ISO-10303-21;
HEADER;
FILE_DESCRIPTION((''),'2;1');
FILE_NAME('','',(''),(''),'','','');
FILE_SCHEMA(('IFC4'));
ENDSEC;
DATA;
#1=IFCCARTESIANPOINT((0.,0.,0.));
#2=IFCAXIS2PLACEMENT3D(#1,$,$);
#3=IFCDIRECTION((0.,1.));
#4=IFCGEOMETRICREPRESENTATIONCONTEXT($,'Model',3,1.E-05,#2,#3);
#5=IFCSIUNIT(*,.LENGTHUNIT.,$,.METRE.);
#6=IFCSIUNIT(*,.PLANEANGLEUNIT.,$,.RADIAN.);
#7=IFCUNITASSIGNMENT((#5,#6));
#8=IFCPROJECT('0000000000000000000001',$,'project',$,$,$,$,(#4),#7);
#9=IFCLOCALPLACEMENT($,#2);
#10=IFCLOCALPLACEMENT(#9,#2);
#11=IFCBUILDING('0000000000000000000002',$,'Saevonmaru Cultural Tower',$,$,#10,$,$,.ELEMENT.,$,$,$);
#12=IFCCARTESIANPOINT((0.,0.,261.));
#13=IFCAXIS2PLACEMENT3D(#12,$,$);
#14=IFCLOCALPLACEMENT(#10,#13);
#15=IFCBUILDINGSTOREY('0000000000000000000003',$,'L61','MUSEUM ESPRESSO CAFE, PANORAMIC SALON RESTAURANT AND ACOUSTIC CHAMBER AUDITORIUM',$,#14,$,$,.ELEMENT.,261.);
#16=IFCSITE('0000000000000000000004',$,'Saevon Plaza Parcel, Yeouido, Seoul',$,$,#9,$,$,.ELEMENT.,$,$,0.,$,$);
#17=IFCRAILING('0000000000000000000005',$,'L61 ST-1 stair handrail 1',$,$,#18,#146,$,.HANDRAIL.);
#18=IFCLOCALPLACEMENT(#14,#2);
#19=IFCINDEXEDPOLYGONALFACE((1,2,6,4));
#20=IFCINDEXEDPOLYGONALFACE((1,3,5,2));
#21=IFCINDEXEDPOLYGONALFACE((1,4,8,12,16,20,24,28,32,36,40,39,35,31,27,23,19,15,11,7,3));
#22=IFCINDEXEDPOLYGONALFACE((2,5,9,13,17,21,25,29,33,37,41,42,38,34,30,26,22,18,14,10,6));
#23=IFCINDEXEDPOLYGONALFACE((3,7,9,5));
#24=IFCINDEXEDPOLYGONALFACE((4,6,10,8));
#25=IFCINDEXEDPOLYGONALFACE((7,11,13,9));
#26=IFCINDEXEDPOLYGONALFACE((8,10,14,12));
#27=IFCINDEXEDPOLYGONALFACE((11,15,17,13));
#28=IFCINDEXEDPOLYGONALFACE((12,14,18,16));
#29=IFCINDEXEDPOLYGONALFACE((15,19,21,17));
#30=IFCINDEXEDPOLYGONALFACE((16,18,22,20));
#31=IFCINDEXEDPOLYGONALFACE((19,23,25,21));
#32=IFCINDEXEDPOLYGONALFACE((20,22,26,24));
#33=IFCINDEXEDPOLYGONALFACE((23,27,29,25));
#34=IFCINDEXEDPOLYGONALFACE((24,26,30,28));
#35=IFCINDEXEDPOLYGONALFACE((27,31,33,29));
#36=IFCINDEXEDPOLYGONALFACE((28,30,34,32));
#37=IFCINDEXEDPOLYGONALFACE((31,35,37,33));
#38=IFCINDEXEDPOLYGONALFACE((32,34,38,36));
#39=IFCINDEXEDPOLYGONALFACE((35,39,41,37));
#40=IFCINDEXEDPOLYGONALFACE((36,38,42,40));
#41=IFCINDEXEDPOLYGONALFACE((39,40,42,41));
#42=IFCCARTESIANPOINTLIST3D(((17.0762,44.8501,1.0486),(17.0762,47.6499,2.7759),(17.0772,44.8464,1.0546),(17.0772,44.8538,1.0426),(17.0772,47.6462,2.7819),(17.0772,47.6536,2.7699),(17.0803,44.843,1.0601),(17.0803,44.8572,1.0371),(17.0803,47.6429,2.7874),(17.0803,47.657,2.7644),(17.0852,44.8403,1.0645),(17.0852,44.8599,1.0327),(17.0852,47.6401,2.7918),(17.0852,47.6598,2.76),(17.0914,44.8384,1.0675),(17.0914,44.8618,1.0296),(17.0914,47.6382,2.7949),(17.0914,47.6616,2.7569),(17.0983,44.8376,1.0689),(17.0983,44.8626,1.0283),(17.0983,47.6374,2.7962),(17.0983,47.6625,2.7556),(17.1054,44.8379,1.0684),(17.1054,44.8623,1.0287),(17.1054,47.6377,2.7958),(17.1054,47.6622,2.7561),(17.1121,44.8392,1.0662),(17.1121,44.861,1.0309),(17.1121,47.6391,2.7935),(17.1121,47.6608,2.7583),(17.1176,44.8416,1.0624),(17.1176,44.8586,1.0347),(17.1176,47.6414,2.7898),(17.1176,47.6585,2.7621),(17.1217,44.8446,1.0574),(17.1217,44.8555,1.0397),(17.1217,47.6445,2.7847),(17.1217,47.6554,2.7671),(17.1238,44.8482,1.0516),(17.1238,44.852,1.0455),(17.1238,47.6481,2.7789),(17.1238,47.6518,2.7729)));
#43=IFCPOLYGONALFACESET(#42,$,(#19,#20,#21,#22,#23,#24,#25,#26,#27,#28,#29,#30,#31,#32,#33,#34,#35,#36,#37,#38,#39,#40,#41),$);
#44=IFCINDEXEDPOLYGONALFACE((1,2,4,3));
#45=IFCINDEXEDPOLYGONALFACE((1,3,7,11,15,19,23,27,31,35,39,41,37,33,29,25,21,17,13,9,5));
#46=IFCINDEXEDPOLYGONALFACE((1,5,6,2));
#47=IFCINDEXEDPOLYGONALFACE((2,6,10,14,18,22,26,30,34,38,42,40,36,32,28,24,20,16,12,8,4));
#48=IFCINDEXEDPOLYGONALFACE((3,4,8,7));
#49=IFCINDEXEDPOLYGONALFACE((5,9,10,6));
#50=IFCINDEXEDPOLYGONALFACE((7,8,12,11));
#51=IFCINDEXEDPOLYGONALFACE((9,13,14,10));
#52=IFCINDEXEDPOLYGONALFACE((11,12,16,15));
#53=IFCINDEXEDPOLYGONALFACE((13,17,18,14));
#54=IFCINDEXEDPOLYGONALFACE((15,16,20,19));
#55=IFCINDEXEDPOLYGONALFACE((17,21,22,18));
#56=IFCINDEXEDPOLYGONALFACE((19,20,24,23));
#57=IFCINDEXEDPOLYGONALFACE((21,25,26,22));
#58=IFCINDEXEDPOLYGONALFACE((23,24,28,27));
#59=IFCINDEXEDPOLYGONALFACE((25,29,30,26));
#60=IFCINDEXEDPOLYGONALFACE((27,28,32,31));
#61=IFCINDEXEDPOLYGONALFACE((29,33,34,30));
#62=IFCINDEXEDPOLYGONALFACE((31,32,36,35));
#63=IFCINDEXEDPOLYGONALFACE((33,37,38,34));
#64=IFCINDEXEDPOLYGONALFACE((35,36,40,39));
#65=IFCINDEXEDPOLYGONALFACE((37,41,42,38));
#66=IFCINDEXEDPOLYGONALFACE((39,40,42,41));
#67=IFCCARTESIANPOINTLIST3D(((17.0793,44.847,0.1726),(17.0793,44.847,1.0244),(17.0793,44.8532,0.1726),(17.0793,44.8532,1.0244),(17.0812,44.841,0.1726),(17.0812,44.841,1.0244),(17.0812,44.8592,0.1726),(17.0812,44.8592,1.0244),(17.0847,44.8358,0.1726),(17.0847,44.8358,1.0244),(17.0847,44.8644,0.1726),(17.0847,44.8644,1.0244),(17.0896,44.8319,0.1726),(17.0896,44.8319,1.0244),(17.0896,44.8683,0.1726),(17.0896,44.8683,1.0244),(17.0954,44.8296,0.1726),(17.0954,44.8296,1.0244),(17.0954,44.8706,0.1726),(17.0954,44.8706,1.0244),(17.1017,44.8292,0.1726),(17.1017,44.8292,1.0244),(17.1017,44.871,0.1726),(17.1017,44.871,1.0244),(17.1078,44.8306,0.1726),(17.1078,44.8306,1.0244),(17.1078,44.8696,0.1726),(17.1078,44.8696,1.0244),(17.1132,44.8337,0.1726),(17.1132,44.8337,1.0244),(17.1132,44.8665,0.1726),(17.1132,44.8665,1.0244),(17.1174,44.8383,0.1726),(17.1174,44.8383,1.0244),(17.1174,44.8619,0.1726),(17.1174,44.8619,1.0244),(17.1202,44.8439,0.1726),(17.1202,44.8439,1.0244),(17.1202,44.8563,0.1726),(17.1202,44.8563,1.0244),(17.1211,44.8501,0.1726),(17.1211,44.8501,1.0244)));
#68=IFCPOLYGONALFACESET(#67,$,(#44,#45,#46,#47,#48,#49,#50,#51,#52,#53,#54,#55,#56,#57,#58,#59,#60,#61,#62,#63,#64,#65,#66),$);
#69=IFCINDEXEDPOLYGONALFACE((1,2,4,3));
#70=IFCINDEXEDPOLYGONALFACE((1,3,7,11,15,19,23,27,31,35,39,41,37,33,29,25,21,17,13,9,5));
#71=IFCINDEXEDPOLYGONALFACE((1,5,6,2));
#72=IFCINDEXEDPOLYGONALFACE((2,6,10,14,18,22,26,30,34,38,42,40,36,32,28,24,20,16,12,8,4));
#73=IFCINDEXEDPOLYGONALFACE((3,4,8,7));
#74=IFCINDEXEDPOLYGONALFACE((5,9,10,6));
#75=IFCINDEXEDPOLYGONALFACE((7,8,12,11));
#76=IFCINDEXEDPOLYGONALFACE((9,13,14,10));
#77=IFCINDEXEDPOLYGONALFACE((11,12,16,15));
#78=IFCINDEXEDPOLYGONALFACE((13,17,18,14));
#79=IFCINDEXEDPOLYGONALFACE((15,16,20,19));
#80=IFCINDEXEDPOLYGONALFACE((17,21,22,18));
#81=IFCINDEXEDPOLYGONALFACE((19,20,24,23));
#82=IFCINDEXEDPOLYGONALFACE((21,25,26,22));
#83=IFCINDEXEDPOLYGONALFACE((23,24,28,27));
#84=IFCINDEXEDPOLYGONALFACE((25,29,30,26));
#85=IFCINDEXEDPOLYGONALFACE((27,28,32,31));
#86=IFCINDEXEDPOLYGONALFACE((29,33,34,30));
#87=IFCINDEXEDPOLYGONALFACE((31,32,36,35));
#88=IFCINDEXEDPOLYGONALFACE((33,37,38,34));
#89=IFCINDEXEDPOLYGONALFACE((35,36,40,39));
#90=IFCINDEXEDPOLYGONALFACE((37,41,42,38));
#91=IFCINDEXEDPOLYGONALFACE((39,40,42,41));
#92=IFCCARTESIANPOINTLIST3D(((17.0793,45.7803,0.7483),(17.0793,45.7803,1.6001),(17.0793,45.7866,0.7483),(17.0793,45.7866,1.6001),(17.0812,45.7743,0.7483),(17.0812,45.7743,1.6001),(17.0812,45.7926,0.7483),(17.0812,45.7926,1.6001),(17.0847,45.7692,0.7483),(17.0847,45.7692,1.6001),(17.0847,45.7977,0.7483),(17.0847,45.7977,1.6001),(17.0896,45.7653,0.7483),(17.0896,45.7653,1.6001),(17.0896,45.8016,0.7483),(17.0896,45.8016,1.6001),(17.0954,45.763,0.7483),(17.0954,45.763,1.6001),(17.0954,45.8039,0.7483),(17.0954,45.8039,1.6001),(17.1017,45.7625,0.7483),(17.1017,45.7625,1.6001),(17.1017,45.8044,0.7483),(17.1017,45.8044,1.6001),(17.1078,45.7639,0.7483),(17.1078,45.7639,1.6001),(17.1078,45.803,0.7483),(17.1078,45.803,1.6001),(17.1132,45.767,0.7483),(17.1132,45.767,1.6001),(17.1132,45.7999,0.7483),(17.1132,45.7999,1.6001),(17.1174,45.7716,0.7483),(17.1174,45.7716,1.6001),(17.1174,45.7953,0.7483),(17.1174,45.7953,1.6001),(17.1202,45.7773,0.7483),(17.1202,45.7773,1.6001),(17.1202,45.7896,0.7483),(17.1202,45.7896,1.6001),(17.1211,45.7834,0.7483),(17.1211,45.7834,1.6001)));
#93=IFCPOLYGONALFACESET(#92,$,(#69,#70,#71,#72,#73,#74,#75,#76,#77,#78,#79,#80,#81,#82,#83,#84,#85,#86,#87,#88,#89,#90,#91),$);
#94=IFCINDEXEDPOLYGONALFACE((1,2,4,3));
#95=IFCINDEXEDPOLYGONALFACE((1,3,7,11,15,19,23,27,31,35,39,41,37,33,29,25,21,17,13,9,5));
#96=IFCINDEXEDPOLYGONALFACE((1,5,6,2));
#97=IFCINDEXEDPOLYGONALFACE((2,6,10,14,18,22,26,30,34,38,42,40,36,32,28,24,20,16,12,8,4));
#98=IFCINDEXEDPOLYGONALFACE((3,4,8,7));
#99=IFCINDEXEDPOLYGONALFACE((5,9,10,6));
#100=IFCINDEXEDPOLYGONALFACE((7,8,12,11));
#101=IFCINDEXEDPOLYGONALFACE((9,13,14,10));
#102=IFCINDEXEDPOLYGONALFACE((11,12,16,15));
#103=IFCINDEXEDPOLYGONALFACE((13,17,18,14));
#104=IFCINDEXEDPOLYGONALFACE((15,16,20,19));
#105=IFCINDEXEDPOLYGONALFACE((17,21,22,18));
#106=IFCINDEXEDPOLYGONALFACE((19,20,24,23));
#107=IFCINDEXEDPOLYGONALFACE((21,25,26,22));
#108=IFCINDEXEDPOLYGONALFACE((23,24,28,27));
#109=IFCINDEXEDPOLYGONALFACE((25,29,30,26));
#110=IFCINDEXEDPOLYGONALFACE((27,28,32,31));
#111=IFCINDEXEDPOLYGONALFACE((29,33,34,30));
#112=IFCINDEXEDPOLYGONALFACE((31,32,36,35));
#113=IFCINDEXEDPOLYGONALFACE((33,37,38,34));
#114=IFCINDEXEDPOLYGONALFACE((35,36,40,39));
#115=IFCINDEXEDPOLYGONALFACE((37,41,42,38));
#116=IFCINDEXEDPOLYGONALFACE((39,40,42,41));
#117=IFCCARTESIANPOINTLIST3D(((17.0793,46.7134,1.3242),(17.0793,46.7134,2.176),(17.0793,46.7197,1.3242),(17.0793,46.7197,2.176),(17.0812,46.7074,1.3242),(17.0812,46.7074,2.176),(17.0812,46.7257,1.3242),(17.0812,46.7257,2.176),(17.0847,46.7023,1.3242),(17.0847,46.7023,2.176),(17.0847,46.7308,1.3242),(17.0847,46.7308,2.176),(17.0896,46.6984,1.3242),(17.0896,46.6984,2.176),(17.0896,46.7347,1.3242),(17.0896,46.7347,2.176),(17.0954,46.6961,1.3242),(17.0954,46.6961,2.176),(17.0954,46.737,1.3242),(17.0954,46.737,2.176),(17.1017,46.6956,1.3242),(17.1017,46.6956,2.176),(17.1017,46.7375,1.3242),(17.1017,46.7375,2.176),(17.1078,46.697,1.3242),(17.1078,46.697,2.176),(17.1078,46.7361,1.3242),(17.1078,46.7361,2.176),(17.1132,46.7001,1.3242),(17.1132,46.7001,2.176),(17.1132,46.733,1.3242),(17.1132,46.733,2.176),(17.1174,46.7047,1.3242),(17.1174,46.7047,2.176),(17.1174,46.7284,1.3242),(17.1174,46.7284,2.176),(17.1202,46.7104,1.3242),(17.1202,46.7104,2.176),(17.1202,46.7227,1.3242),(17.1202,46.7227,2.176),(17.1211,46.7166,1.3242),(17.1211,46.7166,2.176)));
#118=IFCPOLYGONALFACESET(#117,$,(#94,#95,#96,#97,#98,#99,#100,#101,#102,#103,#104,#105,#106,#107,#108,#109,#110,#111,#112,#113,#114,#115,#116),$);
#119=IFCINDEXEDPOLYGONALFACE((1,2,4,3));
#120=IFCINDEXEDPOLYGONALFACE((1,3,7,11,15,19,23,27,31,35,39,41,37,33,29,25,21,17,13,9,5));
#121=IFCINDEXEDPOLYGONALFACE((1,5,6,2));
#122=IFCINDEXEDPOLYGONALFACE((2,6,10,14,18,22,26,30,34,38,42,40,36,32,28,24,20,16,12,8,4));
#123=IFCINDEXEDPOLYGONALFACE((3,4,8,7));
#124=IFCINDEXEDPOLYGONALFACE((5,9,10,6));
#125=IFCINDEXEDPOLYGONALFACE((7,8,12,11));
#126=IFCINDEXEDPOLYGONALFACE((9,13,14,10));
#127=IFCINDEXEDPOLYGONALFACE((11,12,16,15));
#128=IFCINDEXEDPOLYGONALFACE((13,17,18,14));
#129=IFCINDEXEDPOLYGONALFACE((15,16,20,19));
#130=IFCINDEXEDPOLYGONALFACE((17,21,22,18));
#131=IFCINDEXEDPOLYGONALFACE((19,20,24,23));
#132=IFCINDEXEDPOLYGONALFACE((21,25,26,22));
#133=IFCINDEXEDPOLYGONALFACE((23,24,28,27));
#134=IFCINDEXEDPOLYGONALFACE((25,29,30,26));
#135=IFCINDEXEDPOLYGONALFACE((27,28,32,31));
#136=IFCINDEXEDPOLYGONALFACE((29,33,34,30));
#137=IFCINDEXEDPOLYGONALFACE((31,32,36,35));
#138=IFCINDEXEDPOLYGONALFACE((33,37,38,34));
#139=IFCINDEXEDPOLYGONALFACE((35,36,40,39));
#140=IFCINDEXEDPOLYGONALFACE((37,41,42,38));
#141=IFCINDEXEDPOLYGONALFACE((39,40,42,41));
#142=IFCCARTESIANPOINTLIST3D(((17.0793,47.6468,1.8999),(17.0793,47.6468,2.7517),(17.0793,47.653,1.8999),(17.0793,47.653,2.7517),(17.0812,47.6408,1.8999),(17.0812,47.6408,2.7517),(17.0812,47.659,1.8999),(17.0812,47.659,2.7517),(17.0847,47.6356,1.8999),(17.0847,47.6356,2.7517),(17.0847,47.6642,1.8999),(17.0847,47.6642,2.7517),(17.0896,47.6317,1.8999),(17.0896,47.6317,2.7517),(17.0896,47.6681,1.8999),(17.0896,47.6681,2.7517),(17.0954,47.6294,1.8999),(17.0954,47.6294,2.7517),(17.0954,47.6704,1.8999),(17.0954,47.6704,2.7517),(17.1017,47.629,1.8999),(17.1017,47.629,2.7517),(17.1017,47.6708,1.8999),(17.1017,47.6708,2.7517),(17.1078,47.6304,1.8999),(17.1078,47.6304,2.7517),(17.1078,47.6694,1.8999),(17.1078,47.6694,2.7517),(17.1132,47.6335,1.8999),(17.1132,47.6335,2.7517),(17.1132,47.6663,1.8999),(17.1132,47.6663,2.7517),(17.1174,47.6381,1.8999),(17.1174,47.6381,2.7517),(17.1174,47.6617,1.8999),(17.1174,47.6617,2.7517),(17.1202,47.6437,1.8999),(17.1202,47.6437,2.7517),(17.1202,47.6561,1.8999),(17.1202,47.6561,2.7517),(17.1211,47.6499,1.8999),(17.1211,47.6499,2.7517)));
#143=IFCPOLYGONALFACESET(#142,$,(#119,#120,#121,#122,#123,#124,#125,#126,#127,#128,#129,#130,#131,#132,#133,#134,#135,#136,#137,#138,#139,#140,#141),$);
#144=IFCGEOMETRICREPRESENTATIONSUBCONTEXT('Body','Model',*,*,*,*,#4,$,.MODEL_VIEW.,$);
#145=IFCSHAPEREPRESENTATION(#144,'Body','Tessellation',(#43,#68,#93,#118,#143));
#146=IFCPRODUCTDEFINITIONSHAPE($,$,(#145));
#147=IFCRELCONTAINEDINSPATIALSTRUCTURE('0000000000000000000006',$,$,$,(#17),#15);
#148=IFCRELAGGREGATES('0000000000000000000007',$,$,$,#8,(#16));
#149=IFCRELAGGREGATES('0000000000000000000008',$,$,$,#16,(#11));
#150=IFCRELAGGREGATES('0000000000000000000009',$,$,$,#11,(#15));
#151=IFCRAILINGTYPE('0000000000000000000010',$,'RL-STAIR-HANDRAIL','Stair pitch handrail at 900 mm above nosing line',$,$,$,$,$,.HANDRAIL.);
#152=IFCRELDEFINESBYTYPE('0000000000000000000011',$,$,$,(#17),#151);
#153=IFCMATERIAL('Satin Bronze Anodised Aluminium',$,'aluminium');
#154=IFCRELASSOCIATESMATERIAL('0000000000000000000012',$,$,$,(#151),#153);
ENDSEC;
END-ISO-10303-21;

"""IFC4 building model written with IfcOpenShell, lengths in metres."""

from ifc_helpers import new_model, si_unit, direction, frame, origin, origin_2d, place, context, subcontext, project, spatial, circle, extrude, material, type_object, element, save


model = new_model("IFC4")

# Units and contexts
model_context = context("Model", 3, precision=1e-05, world=origin(), true_north=direction((0.0, 1.0)))
body_context = subcontext(model_context, "Body", "Model", "MODEL_VIEW")
ifc_project = project(units=[si_unit("LENGTHUNIT", "METRE"), si_unit("PLANEANGLEUNIT", "RADIAN")], contexts=[model_context])

# Site, building, storey
site_placement = place(None, origin())
site = spatial("IfcSite", under=ifc_project, at=site_placement, Name="Saevon Plaza Parcel, Yeouido, Seoul", CompositionType="ELEMENT", RefElevation=0.0)
building_placement = place(site_placement, origin())
building = spatial("IfcBuilding", under=site, at=building_placement, Name="Saevonmaru Cultural Tower", CompositionType="ELEMENT")
storey_placement = place(building_placement, frame((0.0, 0.0, 261.0)))
storey = spatial("IfcBuildingStorey", under=building, at=storey_placement, Name="L61", Description="MUSEUM ESPRESSO CAFE, PANORAMIC SALON RESTAURANT AND ACOUSTIC CHAMBER AUDITORIUM", CompositionType="ELEMENT", Elevation=261.0)

# Shared definitions
ifc_material_1 = material(Name="Satin Bronze Anodised Aluminium", Category="aluminium")

# Railing
railing_type_1 = type_object("IfcRailingType", Name="RL-STAIR-HANDRAIL", Description="Stair pitch handrail at 900 mm above nosing line", PredefinedType="HANDRAIL", material=ifc_material_1)
railing_1_placement = place(storey_placement, frame((17.1001, 44.8501, 0.1726)))
element("IfcRailing", 1, at=railing_1_placement, inside=storey, type_object=railing_type_1, Name="L61 ST-1 stair handrail 1", PredefinedType="HANDRAIL", context=body_context, shape_type="SweptSolid", body=[
    extrude(circle(Radius=0.0239, at=origin_2d()), frame((0.0, 0.0, 0.876), z_axis=(0.0, 0.851069, 0.525054), x_axis=(-1.0, 0.0, 0.0)), (0.0, 0.0, 1.0), 3.2898),
    extrude(circle(Radius=0.021, at=origin_2d()), origin(), (0.0, 0.0, 1.0), 0.8518),
    extrude(circle(Radius=0.021, at=origin_2d()), frame((0.0, 0.9333, 0.5757)), (0.0, 0.0, 1.0), 0.8518),
    extrude(circle(Radius=0.021, at=origin_2d()), frame((0.0, 1.8665, 1.1516)), (0.0, 0.0, 1.0), 0.8518),
    extrude(circle(Radius=0.021, at=origin_2d()), frame((0.0, 2.7998, 1.7273)), (0.0, 0.0, 1.0), 0.8518),
])

save(model, "model.ifc")
